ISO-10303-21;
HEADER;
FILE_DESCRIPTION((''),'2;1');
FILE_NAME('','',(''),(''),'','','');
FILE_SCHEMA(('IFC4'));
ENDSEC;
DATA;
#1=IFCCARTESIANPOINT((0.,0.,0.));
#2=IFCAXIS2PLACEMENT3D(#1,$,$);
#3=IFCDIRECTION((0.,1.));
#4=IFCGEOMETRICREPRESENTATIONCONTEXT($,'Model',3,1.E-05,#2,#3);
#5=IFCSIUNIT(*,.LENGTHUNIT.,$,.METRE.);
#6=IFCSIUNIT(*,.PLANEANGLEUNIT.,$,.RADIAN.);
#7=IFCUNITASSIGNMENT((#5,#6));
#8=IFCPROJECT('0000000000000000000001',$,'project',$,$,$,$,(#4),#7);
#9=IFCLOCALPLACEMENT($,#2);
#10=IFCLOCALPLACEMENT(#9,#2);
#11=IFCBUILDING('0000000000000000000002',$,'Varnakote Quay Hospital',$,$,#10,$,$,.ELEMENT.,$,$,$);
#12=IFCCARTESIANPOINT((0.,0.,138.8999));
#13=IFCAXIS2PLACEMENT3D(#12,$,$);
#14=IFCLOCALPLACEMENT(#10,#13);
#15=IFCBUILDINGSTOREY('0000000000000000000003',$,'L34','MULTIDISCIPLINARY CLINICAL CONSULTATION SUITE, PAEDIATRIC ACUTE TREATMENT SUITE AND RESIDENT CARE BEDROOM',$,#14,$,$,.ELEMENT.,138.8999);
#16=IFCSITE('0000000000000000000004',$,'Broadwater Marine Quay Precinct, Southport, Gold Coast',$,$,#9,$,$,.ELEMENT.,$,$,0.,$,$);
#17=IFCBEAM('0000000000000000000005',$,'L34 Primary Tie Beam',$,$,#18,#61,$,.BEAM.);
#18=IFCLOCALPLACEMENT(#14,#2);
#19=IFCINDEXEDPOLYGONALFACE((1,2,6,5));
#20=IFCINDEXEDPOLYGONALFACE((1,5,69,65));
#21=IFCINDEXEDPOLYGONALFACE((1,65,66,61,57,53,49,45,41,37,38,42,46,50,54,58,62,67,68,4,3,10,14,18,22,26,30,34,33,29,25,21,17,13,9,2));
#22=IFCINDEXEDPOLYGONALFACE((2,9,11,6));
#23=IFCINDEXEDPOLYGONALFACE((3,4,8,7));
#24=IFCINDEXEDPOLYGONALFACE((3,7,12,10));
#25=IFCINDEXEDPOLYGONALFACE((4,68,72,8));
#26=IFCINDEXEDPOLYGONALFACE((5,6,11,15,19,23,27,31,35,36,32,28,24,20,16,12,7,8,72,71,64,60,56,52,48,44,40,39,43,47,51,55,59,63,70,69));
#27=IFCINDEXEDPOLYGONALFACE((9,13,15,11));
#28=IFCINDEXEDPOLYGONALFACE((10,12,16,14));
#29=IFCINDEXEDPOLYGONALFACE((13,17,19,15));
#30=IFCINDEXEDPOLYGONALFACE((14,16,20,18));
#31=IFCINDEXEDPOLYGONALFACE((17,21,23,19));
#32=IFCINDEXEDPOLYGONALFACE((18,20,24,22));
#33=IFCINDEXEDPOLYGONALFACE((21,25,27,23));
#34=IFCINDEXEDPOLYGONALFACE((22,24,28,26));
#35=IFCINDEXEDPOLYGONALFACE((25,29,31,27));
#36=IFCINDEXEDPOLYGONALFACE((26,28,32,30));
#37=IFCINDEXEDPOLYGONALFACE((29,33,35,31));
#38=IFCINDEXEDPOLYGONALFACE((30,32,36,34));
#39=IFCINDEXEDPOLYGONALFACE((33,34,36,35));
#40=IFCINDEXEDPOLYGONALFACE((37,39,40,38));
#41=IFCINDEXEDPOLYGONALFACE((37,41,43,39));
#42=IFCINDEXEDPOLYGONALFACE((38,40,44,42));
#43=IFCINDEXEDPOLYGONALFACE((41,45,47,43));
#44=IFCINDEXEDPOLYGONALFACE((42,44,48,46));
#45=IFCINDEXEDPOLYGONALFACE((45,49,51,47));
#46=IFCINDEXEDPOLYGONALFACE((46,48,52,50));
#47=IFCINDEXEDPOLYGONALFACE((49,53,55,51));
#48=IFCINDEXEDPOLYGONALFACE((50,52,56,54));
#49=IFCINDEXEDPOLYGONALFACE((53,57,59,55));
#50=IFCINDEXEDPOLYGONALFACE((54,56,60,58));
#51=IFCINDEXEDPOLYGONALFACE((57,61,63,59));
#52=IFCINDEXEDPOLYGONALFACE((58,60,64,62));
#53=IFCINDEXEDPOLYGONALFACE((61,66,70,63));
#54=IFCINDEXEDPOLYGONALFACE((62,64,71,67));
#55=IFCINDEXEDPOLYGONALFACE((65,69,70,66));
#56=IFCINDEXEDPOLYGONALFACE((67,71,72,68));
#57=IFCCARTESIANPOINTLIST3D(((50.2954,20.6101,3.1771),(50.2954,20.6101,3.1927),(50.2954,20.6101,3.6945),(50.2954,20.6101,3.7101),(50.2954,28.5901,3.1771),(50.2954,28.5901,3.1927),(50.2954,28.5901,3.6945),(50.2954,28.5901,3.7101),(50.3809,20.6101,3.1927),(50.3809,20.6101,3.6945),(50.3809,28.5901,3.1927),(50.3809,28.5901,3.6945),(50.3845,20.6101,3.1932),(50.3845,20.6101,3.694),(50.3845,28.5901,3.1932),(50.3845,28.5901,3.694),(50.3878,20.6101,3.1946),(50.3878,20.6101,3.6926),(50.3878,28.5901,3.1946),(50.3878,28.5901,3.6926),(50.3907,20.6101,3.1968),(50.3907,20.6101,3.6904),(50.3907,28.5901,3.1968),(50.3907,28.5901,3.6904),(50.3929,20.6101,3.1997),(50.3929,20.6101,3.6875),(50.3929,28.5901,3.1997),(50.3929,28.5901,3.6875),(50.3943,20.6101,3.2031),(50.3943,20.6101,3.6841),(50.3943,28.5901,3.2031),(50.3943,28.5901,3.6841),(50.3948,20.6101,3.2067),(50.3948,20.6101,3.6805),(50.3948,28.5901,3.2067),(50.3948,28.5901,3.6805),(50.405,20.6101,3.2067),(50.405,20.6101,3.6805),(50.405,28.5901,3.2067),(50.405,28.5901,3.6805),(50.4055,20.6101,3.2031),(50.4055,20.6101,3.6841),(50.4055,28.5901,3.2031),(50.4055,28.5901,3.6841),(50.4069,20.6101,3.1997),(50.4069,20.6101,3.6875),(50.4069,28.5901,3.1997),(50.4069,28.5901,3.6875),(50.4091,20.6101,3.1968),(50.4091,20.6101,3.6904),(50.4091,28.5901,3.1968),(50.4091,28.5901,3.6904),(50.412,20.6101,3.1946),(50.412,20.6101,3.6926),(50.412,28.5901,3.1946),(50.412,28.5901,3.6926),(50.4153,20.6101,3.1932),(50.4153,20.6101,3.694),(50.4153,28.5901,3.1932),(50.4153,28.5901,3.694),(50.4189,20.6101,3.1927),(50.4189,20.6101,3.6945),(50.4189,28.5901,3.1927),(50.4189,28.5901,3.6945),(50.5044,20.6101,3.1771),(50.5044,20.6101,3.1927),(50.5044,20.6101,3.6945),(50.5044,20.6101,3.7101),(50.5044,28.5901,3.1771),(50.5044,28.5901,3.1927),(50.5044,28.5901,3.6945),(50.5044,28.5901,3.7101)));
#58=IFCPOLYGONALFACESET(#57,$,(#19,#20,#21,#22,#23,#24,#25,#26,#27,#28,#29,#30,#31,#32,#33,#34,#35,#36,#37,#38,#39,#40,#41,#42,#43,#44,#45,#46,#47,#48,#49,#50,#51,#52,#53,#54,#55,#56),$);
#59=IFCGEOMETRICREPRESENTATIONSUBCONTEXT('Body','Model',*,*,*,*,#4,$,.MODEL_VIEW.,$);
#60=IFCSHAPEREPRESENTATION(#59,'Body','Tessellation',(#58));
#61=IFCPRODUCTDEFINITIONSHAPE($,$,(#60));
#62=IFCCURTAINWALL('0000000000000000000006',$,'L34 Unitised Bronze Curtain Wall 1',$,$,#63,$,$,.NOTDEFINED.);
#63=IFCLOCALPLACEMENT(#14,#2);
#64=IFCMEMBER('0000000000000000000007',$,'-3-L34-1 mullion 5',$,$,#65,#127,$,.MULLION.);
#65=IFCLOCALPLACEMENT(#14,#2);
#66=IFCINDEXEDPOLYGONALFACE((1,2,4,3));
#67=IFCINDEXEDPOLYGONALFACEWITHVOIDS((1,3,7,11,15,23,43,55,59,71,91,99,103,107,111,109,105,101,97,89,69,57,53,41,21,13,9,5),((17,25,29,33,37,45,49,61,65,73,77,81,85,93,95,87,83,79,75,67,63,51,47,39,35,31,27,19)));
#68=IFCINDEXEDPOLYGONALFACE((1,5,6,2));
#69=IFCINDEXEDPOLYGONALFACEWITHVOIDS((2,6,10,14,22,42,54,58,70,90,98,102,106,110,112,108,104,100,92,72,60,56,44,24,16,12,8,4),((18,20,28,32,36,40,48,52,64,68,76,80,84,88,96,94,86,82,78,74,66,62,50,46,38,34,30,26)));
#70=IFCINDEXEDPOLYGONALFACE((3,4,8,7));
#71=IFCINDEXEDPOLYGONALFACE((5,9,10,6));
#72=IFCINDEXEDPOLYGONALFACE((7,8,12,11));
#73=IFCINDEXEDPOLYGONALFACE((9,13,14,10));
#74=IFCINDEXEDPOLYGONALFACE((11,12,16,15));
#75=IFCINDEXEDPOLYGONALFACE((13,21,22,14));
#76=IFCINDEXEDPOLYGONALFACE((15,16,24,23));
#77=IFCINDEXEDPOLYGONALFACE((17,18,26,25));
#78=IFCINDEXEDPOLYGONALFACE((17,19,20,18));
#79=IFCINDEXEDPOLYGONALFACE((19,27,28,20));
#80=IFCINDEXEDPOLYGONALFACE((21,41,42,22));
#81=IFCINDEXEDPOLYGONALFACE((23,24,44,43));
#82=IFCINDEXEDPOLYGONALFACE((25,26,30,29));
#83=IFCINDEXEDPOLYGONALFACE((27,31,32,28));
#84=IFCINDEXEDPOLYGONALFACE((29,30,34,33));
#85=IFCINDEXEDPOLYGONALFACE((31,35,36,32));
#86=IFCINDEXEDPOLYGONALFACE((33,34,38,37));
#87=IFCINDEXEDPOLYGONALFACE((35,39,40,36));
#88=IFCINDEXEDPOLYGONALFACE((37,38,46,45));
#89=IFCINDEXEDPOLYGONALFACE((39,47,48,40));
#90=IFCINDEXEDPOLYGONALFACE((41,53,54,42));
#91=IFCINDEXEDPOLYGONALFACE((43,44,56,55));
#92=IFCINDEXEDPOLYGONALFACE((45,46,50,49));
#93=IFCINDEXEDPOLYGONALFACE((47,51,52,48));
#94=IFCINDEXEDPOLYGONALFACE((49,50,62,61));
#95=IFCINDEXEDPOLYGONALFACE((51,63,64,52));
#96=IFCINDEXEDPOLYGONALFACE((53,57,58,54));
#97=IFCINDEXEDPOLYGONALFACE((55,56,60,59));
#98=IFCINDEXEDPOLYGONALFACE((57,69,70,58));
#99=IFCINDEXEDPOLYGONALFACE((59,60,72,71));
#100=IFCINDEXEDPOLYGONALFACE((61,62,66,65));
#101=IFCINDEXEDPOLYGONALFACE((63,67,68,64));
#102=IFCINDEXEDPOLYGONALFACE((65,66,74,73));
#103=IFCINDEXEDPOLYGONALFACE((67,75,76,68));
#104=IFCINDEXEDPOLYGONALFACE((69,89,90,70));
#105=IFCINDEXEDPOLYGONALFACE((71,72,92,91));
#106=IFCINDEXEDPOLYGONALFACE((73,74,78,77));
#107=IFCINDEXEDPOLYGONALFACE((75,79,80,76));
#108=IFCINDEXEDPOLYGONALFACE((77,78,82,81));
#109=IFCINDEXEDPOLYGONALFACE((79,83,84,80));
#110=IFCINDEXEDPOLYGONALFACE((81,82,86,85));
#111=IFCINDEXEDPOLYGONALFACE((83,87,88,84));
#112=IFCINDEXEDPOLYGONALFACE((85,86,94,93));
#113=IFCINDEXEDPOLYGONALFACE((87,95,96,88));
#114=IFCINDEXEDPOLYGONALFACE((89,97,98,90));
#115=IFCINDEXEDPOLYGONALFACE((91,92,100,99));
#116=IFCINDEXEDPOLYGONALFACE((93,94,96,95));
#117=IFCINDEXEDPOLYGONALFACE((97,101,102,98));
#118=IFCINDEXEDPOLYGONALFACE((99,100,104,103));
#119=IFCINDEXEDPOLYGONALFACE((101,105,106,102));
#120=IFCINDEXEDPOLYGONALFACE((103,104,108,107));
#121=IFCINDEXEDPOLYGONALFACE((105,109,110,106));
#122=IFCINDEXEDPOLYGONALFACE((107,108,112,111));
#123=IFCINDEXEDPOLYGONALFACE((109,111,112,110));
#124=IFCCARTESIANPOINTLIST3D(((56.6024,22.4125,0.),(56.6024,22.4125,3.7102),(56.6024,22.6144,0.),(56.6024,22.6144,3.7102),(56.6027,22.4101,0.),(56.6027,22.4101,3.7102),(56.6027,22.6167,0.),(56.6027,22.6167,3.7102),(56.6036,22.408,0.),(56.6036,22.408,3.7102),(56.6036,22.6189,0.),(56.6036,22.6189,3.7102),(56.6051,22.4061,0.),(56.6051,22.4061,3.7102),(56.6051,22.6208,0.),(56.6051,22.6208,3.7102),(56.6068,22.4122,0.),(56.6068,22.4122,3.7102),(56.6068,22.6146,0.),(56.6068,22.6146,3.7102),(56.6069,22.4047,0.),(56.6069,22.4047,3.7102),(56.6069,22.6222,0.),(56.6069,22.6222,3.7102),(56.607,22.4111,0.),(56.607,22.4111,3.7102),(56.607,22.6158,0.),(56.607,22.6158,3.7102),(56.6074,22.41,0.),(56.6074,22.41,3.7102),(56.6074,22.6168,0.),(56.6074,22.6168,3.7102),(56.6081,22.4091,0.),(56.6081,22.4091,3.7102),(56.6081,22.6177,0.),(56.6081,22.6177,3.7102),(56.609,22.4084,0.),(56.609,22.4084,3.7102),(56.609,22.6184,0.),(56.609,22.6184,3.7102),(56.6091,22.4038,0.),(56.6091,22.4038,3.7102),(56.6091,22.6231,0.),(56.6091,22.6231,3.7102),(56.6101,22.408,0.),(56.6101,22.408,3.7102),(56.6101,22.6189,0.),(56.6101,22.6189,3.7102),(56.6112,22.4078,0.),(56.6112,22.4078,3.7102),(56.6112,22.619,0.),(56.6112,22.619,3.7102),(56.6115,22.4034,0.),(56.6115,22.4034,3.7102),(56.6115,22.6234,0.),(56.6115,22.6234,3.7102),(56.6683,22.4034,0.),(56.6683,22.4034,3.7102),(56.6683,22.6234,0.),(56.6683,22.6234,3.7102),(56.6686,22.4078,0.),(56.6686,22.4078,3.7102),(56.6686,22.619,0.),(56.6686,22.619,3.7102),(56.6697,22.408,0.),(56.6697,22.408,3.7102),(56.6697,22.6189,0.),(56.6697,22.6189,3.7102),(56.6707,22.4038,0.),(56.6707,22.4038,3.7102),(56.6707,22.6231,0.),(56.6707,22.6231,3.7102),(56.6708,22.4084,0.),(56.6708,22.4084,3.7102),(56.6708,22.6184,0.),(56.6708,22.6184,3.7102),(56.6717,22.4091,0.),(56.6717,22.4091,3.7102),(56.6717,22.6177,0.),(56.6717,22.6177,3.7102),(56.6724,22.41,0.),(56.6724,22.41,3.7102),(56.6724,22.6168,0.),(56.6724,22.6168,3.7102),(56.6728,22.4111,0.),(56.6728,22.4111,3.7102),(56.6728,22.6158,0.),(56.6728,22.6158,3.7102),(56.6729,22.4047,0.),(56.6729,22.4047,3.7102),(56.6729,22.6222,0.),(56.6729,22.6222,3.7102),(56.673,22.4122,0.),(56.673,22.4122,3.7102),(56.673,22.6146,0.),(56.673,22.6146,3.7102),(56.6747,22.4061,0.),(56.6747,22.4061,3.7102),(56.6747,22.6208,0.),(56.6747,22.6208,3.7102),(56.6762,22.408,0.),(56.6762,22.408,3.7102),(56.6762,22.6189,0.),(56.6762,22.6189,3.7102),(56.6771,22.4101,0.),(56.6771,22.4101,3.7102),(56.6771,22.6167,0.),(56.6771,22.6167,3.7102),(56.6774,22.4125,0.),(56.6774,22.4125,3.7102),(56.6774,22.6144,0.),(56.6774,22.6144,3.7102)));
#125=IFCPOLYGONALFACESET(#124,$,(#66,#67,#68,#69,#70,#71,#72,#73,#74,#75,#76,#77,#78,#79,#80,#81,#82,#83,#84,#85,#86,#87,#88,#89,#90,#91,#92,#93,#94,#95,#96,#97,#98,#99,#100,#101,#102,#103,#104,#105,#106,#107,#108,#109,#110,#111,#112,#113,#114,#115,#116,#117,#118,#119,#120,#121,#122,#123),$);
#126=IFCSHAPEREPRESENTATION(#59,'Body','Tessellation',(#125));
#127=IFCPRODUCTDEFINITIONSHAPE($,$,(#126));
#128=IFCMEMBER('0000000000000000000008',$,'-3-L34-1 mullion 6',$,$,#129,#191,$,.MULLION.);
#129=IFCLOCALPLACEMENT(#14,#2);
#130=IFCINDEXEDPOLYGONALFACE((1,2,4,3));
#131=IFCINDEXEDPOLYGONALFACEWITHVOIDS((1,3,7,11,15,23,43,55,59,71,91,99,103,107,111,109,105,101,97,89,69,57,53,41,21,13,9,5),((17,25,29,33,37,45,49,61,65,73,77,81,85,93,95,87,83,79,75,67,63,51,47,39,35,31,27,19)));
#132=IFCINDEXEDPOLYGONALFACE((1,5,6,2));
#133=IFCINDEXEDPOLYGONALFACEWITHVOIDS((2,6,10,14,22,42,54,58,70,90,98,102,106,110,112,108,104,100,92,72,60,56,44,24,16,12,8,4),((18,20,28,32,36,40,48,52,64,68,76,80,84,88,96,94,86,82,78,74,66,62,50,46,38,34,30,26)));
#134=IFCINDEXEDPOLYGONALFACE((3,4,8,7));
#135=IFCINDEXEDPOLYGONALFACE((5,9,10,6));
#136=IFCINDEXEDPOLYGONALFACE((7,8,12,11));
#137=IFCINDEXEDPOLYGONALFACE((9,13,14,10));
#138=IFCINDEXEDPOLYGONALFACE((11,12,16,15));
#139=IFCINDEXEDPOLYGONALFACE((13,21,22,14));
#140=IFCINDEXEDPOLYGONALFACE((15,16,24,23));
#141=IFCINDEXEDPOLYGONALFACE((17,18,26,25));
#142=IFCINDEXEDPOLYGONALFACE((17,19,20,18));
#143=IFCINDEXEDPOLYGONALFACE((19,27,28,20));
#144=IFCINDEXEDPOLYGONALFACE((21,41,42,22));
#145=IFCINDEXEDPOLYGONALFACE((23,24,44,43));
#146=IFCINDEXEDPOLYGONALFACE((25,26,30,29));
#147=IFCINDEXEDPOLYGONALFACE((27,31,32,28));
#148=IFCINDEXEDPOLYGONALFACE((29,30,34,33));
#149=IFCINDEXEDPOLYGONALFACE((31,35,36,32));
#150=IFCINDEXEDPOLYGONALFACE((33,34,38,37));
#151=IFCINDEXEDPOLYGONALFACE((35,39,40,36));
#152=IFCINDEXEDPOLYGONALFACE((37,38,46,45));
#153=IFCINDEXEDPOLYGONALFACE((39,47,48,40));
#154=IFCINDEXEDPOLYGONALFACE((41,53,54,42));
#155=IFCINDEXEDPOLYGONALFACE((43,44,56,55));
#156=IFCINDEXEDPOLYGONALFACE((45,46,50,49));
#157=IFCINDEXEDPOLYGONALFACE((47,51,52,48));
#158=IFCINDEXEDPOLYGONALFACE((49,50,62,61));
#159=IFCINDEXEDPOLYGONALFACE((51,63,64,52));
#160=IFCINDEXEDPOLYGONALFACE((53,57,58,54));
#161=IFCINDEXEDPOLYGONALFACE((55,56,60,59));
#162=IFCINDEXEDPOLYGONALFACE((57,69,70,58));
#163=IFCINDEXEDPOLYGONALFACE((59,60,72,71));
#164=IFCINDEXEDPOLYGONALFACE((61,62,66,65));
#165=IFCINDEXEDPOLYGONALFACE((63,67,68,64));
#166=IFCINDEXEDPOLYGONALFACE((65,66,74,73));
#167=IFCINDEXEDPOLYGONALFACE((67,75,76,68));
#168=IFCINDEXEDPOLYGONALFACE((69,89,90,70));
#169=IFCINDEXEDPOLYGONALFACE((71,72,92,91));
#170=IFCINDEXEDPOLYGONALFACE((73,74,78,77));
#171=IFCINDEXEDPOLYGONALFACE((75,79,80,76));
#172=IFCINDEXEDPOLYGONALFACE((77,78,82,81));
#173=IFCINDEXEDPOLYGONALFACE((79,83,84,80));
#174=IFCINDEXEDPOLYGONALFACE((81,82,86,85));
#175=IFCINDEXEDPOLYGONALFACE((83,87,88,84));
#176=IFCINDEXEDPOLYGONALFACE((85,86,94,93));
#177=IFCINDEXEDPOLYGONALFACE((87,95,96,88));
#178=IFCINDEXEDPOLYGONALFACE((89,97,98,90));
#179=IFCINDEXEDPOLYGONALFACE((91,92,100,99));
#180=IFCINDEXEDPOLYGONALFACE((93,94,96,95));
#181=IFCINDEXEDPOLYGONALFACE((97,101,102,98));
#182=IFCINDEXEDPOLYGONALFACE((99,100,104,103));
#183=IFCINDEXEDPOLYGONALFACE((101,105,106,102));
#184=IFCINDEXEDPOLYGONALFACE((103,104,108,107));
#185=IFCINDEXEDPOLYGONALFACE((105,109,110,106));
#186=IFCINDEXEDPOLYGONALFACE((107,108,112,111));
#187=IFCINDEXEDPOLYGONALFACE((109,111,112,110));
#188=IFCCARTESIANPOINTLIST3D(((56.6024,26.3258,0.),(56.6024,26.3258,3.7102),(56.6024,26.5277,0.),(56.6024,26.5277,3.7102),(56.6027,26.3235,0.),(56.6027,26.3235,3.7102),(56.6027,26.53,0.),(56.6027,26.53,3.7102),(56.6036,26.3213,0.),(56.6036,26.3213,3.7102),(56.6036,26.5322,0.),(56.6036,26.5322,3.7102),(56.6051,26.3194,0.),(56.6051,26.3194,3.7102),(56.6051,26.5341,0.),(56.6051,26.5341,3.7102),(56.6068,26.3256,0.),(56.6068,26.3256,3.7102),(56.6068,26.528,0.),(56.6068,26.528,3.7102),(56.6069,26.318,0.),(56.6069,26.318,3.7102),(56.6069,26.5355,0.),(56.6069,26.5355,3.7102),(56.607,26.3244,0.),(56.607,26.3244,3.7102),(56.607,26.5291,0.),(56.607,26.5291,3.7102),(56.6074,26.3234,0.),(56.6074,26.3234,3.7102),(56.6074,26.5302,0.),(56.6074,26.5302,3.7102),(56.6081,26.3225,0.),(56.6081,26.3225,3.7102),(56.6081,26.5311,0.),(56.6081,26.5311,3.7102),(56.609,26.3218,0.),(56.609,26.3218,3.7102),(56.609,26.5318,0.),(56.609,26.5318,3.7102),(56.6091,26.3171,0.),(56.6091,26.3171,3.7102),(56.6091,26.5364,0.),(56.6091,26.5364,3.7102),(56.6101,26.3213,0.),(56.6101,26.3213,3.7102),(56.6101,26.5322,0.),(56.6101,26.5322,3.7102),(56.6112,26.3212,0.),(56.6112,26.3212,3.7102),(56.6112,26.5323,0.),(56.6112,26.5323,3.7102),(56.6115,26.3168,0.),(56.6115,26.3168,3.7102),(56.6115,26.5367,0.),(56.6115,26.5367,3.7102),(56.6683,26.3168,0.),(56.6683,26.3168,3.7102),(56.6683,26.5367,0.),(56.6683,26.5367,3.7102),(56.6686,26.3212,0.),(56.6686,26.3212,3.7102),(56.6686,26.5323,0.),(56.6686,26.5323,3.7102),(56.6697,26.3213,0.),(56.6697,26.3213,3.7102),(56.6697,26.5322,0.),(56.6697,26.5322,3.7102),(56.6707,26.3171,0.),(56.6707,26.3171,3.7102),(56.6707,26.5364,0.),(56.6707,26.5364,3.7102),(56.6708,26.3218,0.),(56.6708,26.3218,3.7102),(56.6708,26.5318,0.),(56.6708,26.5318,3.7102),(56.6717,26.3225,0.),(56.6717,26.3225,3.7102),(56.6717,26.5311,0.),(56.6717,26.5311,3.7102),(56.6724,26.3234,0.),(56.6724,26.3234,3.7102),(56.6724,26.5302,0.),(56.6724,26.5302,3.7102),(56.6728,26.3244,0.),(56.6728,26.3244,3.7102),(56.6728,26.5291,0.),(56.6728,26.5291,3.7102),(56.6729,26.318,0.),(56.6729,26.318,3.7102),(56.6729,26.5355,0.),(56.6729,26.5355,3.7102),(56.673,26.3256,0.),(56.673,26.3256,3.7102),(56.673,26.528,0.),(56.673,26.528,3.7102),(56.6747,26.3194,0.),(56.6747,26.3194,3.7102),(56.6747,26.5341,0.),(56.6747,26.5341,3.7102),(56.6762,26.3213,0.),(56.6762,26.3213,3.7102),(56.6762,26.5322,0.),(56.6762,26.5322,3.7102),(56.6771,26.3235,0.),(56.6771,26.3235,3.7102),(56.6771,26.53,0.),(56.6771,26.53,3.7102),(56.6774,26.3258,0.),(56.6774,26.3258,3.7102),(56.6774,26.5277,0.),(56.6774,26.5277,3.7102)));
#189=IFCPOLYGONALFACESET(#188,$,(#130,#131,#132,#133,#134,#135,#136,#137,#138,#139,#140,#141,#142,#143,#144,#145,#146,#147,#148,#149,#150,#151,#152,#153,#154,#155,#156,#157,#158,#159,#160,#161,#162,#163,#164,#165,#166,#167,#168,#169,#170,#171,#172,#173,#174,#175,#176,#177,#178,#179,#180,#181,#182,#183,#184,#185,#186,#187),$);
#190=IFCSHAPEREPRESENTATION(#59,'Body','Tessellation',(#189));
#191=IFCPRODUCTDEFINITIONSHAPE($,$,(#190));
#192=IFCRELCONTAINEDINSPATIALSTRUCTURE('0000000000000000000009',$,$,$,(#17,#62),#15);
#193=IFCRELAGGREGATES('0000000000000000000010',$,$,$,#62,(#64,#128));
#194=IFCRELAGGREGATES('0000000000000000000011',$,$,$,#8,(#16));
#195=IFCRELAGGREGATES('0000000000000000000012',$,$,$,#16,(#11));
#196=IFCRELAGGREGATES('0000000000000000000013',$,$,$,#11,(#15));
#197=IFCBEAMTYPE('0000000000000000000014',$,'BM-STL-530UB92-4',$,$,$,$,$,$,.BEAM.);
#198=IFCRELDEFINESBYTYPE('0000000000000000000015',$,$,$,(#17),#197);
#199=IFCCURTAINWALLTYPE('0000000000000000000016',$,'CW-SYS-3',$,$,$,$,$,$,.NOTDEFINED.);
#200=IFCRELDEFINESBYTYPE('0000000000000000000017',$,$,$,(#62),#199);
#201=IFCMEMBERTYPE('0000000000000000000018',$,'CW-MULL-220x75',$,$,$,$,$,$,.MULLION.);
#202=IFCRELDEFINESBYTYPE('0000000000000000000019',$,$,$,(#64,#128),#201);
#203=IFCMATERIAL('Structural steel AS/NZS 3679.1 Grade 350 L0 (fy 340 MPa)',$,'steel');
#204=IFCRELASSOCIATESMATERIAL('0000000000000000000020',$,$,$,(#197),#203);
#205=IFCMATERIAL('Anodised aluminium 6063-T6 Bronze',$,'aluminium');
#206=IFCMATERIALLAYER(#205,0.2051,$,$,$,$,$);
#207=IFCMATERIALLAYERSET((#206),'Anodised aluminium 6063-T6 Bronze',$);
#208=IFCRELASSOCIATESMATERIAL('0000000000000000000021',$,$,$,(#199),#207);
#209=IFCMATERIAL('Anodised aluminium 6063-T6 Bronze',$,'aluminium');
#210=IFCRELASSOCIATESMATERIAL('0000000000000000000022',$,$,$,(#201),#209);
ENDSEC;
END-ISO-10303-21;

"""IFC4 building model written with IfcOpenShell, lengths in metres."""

from ifc_helpers import new_model, si_unit, direction, frame, origin, origin_2d, place, context, subcontext, project, spatial, hollow_rectangle, i_section, extrude, material, layer, layer_set, material_profile, profile_set, type_object, element, aggregate, save


model = new_model("IFC4")

# Units and contexts
model_context = context("Model", 3, precision=1e-05, world=origin(), true_north=direction((0.0, 1.0)))
body_context = subcontext(model_context, "Body", "Model", "MODEL_VIEW")
ifc_project = project(units=[si_unit("LENGTHUNIT", "METRE"), si_unit("PLANEANGLEUNIT", "RADIAN")], contexts=[model_context])

# Site, building, storey
site_placement = place(None, origin())
site = spatial("IfcSite", under=ifc_project, at=site_placement, Name="Broadwater Marine Quay Precinct, Southport, Gold Coast", CompositionType="ELEMENT", RefElevation=0.0)
building_placement = place(site_placement, origin())
building = spatial("IfcBuilding", under=site, at=building_placement, Name="Varnakote Quay Hospital", CompositionType="ELEMENT")
storey_placement = place(building_placement, frame((0.0, 0.0, 138.8999)))
storey = spatial("IfcBuildingStorey", under=building, at=storey_placement, Name="L34", Description="MULTIDISCIPLINARY CLINICAL CONSULTATION SUITE, PAEDIATRIC ACUTE TREATMENT SUITE AND RESIDENT CARE BEDROOM", CompositionType="ELEMENT", Elevation=138.8999)

# Beam
ifc_material_1 = material(Name="Structural steel AS/NZS 3679.1 Grade 350 L0 (fy 340 MPa)", Category="steel")
ifc_material_profile_1 = material_profile(ifc_material_1, i_section(OverallWidth=0.209, OverallDepth=0.533, WebThickness=0.0103, FlangeThickness=0.0156, FilletRadius=0.0139, at=origin_2d()), Name="530UB92.4")
ifc_profile_set_1 = profile_set([ifc_material_profile_1], Name="Structural steel AS/NZS 3679.1 Grade 350 L0 (fy 340 MPa)")
beam_type = type_object("IfcBeamType", Name="BM-STL-530UB92-4", PredefinedType="BEAM", material=ifc_profile_set_1)
beam_placement = place(storey_placement, frame((50.3999, 20.6101, 3.4436), z_axis=(0.0, 1.0, 0.0), x_axis=(-1.0, 0.0, 0.0)))
element("IfcBeam", 1, at=beam_placement, inside=storey, type_object=beam_type, Name="L34 Primary Tie Beam", PredefinedType="BEAM", context=body_context, shape_type="SweptSolid", body=[
    extrude(i_section(OverallWidth=0.209, OverallDepth=0.533, WebThickness=0.0103, FlangeThickness=0.0156, FilletRadius=0.0139, at=origin_2d()), origin(), (0.0, 0.0, 1.0), 7.98),
])

# Curtain wall, members
ifc_material_2 = material(Name="Anodised aluminium 6063-T6 Bronze", Category="aluminium")
ifc_layer_1 = layer(ifc_material_2, 0.2051)
ifc_layer_set_1 = layer_set([ifc_layer_1], Name="Anodised aluminium 6063-T6 Bronze")
curtain_wall_type = type_object("IfcCurtainWallType", Name="CW-SYS-3", PredefinedType="NOTDEFINED", material=ifc_layer_set_1)
curtain_wall_placement = place(storey_placement, origin())
curtain_wall = element("IfcCurtainWall", 2, at=curtain_wall_placement, inside=storey, type_object=curtain_wall_type, Name="L34 Unitised Bronze Curtain Wall 1", PredefinedType="NOTDEFINED")
ifc_material_3 = material(Name="Anodised aluminium 6063-T6 Bronze", Category="aluminium")
ifc_material_profile_2 = material_profile(ifc_material_3, hollow_rectangle(XDim=0.075, YDim=0.22, WallThickness=0.0044, InnerFilletRadius=0.0044, OuterFilletRadius=0.009, at=origin_2d()), Name="CW-MULL-220x75")
ifc_profile_set_2 = profile_set([ifc_material_profile_2], Name="Anodised aluminium 6063-T6 Bronze")
member_type_1 = type_object("IfcMemberType", Name="CW-MULL-220x75", PredefinedType="MULLION", material=ifc_profile_set_2)
member_1_placement = place(storey_placement, frame((56.6399, 22.5134, 0.0), z_axis=(0.0, 0.0, 1.0), x_axis=(-1.0, 0.0, 0.0)))
member_1 = element("IfcMember", 3, at=member_1_placement, type_object=member_type_1, Name="-3-L34-1 mullion 5", PredefinedType="MULLION", context=body_context, shape_type="SweptSolid", body=[
    extrude(hollow_rectangle(XDim=0.075, YDim=0.22, WallThickness=0.0044, InnerFilletRadius=0.0044, OuterFilletRadius=0.009, at=origin_2d()), origin(), (0.0, 0.0, 1.0), 3.7102),
])
member_2_placement = place(storey_placement, frame((56.6399, 26.4268, 0.0), z_axis=(0.0, 0.0, 1.0), x_axis=(-1.0, 0.0, 0.0)))
member_2 = element("IfcMember", 4, at=member_2_placement, type_object=member_type_1, Name="-3-L34-1 mullion 6", PredefinedType="MULLION", context=body_context, shape_type="SweptSolid", body=[
    extrude(hollow_rectangle(XDim=0.075, YDim=0.22, WallThickness=0.0044, InnerFilletRadius=0.0044, OuterFilletRadius=0.009, at=origin_2d()), origin(), (0.0, 0.0, 1.0), 3.7102),
])
aggregate(curtain_wall, [member_1, member_2])

save(model, "model.ifc")
